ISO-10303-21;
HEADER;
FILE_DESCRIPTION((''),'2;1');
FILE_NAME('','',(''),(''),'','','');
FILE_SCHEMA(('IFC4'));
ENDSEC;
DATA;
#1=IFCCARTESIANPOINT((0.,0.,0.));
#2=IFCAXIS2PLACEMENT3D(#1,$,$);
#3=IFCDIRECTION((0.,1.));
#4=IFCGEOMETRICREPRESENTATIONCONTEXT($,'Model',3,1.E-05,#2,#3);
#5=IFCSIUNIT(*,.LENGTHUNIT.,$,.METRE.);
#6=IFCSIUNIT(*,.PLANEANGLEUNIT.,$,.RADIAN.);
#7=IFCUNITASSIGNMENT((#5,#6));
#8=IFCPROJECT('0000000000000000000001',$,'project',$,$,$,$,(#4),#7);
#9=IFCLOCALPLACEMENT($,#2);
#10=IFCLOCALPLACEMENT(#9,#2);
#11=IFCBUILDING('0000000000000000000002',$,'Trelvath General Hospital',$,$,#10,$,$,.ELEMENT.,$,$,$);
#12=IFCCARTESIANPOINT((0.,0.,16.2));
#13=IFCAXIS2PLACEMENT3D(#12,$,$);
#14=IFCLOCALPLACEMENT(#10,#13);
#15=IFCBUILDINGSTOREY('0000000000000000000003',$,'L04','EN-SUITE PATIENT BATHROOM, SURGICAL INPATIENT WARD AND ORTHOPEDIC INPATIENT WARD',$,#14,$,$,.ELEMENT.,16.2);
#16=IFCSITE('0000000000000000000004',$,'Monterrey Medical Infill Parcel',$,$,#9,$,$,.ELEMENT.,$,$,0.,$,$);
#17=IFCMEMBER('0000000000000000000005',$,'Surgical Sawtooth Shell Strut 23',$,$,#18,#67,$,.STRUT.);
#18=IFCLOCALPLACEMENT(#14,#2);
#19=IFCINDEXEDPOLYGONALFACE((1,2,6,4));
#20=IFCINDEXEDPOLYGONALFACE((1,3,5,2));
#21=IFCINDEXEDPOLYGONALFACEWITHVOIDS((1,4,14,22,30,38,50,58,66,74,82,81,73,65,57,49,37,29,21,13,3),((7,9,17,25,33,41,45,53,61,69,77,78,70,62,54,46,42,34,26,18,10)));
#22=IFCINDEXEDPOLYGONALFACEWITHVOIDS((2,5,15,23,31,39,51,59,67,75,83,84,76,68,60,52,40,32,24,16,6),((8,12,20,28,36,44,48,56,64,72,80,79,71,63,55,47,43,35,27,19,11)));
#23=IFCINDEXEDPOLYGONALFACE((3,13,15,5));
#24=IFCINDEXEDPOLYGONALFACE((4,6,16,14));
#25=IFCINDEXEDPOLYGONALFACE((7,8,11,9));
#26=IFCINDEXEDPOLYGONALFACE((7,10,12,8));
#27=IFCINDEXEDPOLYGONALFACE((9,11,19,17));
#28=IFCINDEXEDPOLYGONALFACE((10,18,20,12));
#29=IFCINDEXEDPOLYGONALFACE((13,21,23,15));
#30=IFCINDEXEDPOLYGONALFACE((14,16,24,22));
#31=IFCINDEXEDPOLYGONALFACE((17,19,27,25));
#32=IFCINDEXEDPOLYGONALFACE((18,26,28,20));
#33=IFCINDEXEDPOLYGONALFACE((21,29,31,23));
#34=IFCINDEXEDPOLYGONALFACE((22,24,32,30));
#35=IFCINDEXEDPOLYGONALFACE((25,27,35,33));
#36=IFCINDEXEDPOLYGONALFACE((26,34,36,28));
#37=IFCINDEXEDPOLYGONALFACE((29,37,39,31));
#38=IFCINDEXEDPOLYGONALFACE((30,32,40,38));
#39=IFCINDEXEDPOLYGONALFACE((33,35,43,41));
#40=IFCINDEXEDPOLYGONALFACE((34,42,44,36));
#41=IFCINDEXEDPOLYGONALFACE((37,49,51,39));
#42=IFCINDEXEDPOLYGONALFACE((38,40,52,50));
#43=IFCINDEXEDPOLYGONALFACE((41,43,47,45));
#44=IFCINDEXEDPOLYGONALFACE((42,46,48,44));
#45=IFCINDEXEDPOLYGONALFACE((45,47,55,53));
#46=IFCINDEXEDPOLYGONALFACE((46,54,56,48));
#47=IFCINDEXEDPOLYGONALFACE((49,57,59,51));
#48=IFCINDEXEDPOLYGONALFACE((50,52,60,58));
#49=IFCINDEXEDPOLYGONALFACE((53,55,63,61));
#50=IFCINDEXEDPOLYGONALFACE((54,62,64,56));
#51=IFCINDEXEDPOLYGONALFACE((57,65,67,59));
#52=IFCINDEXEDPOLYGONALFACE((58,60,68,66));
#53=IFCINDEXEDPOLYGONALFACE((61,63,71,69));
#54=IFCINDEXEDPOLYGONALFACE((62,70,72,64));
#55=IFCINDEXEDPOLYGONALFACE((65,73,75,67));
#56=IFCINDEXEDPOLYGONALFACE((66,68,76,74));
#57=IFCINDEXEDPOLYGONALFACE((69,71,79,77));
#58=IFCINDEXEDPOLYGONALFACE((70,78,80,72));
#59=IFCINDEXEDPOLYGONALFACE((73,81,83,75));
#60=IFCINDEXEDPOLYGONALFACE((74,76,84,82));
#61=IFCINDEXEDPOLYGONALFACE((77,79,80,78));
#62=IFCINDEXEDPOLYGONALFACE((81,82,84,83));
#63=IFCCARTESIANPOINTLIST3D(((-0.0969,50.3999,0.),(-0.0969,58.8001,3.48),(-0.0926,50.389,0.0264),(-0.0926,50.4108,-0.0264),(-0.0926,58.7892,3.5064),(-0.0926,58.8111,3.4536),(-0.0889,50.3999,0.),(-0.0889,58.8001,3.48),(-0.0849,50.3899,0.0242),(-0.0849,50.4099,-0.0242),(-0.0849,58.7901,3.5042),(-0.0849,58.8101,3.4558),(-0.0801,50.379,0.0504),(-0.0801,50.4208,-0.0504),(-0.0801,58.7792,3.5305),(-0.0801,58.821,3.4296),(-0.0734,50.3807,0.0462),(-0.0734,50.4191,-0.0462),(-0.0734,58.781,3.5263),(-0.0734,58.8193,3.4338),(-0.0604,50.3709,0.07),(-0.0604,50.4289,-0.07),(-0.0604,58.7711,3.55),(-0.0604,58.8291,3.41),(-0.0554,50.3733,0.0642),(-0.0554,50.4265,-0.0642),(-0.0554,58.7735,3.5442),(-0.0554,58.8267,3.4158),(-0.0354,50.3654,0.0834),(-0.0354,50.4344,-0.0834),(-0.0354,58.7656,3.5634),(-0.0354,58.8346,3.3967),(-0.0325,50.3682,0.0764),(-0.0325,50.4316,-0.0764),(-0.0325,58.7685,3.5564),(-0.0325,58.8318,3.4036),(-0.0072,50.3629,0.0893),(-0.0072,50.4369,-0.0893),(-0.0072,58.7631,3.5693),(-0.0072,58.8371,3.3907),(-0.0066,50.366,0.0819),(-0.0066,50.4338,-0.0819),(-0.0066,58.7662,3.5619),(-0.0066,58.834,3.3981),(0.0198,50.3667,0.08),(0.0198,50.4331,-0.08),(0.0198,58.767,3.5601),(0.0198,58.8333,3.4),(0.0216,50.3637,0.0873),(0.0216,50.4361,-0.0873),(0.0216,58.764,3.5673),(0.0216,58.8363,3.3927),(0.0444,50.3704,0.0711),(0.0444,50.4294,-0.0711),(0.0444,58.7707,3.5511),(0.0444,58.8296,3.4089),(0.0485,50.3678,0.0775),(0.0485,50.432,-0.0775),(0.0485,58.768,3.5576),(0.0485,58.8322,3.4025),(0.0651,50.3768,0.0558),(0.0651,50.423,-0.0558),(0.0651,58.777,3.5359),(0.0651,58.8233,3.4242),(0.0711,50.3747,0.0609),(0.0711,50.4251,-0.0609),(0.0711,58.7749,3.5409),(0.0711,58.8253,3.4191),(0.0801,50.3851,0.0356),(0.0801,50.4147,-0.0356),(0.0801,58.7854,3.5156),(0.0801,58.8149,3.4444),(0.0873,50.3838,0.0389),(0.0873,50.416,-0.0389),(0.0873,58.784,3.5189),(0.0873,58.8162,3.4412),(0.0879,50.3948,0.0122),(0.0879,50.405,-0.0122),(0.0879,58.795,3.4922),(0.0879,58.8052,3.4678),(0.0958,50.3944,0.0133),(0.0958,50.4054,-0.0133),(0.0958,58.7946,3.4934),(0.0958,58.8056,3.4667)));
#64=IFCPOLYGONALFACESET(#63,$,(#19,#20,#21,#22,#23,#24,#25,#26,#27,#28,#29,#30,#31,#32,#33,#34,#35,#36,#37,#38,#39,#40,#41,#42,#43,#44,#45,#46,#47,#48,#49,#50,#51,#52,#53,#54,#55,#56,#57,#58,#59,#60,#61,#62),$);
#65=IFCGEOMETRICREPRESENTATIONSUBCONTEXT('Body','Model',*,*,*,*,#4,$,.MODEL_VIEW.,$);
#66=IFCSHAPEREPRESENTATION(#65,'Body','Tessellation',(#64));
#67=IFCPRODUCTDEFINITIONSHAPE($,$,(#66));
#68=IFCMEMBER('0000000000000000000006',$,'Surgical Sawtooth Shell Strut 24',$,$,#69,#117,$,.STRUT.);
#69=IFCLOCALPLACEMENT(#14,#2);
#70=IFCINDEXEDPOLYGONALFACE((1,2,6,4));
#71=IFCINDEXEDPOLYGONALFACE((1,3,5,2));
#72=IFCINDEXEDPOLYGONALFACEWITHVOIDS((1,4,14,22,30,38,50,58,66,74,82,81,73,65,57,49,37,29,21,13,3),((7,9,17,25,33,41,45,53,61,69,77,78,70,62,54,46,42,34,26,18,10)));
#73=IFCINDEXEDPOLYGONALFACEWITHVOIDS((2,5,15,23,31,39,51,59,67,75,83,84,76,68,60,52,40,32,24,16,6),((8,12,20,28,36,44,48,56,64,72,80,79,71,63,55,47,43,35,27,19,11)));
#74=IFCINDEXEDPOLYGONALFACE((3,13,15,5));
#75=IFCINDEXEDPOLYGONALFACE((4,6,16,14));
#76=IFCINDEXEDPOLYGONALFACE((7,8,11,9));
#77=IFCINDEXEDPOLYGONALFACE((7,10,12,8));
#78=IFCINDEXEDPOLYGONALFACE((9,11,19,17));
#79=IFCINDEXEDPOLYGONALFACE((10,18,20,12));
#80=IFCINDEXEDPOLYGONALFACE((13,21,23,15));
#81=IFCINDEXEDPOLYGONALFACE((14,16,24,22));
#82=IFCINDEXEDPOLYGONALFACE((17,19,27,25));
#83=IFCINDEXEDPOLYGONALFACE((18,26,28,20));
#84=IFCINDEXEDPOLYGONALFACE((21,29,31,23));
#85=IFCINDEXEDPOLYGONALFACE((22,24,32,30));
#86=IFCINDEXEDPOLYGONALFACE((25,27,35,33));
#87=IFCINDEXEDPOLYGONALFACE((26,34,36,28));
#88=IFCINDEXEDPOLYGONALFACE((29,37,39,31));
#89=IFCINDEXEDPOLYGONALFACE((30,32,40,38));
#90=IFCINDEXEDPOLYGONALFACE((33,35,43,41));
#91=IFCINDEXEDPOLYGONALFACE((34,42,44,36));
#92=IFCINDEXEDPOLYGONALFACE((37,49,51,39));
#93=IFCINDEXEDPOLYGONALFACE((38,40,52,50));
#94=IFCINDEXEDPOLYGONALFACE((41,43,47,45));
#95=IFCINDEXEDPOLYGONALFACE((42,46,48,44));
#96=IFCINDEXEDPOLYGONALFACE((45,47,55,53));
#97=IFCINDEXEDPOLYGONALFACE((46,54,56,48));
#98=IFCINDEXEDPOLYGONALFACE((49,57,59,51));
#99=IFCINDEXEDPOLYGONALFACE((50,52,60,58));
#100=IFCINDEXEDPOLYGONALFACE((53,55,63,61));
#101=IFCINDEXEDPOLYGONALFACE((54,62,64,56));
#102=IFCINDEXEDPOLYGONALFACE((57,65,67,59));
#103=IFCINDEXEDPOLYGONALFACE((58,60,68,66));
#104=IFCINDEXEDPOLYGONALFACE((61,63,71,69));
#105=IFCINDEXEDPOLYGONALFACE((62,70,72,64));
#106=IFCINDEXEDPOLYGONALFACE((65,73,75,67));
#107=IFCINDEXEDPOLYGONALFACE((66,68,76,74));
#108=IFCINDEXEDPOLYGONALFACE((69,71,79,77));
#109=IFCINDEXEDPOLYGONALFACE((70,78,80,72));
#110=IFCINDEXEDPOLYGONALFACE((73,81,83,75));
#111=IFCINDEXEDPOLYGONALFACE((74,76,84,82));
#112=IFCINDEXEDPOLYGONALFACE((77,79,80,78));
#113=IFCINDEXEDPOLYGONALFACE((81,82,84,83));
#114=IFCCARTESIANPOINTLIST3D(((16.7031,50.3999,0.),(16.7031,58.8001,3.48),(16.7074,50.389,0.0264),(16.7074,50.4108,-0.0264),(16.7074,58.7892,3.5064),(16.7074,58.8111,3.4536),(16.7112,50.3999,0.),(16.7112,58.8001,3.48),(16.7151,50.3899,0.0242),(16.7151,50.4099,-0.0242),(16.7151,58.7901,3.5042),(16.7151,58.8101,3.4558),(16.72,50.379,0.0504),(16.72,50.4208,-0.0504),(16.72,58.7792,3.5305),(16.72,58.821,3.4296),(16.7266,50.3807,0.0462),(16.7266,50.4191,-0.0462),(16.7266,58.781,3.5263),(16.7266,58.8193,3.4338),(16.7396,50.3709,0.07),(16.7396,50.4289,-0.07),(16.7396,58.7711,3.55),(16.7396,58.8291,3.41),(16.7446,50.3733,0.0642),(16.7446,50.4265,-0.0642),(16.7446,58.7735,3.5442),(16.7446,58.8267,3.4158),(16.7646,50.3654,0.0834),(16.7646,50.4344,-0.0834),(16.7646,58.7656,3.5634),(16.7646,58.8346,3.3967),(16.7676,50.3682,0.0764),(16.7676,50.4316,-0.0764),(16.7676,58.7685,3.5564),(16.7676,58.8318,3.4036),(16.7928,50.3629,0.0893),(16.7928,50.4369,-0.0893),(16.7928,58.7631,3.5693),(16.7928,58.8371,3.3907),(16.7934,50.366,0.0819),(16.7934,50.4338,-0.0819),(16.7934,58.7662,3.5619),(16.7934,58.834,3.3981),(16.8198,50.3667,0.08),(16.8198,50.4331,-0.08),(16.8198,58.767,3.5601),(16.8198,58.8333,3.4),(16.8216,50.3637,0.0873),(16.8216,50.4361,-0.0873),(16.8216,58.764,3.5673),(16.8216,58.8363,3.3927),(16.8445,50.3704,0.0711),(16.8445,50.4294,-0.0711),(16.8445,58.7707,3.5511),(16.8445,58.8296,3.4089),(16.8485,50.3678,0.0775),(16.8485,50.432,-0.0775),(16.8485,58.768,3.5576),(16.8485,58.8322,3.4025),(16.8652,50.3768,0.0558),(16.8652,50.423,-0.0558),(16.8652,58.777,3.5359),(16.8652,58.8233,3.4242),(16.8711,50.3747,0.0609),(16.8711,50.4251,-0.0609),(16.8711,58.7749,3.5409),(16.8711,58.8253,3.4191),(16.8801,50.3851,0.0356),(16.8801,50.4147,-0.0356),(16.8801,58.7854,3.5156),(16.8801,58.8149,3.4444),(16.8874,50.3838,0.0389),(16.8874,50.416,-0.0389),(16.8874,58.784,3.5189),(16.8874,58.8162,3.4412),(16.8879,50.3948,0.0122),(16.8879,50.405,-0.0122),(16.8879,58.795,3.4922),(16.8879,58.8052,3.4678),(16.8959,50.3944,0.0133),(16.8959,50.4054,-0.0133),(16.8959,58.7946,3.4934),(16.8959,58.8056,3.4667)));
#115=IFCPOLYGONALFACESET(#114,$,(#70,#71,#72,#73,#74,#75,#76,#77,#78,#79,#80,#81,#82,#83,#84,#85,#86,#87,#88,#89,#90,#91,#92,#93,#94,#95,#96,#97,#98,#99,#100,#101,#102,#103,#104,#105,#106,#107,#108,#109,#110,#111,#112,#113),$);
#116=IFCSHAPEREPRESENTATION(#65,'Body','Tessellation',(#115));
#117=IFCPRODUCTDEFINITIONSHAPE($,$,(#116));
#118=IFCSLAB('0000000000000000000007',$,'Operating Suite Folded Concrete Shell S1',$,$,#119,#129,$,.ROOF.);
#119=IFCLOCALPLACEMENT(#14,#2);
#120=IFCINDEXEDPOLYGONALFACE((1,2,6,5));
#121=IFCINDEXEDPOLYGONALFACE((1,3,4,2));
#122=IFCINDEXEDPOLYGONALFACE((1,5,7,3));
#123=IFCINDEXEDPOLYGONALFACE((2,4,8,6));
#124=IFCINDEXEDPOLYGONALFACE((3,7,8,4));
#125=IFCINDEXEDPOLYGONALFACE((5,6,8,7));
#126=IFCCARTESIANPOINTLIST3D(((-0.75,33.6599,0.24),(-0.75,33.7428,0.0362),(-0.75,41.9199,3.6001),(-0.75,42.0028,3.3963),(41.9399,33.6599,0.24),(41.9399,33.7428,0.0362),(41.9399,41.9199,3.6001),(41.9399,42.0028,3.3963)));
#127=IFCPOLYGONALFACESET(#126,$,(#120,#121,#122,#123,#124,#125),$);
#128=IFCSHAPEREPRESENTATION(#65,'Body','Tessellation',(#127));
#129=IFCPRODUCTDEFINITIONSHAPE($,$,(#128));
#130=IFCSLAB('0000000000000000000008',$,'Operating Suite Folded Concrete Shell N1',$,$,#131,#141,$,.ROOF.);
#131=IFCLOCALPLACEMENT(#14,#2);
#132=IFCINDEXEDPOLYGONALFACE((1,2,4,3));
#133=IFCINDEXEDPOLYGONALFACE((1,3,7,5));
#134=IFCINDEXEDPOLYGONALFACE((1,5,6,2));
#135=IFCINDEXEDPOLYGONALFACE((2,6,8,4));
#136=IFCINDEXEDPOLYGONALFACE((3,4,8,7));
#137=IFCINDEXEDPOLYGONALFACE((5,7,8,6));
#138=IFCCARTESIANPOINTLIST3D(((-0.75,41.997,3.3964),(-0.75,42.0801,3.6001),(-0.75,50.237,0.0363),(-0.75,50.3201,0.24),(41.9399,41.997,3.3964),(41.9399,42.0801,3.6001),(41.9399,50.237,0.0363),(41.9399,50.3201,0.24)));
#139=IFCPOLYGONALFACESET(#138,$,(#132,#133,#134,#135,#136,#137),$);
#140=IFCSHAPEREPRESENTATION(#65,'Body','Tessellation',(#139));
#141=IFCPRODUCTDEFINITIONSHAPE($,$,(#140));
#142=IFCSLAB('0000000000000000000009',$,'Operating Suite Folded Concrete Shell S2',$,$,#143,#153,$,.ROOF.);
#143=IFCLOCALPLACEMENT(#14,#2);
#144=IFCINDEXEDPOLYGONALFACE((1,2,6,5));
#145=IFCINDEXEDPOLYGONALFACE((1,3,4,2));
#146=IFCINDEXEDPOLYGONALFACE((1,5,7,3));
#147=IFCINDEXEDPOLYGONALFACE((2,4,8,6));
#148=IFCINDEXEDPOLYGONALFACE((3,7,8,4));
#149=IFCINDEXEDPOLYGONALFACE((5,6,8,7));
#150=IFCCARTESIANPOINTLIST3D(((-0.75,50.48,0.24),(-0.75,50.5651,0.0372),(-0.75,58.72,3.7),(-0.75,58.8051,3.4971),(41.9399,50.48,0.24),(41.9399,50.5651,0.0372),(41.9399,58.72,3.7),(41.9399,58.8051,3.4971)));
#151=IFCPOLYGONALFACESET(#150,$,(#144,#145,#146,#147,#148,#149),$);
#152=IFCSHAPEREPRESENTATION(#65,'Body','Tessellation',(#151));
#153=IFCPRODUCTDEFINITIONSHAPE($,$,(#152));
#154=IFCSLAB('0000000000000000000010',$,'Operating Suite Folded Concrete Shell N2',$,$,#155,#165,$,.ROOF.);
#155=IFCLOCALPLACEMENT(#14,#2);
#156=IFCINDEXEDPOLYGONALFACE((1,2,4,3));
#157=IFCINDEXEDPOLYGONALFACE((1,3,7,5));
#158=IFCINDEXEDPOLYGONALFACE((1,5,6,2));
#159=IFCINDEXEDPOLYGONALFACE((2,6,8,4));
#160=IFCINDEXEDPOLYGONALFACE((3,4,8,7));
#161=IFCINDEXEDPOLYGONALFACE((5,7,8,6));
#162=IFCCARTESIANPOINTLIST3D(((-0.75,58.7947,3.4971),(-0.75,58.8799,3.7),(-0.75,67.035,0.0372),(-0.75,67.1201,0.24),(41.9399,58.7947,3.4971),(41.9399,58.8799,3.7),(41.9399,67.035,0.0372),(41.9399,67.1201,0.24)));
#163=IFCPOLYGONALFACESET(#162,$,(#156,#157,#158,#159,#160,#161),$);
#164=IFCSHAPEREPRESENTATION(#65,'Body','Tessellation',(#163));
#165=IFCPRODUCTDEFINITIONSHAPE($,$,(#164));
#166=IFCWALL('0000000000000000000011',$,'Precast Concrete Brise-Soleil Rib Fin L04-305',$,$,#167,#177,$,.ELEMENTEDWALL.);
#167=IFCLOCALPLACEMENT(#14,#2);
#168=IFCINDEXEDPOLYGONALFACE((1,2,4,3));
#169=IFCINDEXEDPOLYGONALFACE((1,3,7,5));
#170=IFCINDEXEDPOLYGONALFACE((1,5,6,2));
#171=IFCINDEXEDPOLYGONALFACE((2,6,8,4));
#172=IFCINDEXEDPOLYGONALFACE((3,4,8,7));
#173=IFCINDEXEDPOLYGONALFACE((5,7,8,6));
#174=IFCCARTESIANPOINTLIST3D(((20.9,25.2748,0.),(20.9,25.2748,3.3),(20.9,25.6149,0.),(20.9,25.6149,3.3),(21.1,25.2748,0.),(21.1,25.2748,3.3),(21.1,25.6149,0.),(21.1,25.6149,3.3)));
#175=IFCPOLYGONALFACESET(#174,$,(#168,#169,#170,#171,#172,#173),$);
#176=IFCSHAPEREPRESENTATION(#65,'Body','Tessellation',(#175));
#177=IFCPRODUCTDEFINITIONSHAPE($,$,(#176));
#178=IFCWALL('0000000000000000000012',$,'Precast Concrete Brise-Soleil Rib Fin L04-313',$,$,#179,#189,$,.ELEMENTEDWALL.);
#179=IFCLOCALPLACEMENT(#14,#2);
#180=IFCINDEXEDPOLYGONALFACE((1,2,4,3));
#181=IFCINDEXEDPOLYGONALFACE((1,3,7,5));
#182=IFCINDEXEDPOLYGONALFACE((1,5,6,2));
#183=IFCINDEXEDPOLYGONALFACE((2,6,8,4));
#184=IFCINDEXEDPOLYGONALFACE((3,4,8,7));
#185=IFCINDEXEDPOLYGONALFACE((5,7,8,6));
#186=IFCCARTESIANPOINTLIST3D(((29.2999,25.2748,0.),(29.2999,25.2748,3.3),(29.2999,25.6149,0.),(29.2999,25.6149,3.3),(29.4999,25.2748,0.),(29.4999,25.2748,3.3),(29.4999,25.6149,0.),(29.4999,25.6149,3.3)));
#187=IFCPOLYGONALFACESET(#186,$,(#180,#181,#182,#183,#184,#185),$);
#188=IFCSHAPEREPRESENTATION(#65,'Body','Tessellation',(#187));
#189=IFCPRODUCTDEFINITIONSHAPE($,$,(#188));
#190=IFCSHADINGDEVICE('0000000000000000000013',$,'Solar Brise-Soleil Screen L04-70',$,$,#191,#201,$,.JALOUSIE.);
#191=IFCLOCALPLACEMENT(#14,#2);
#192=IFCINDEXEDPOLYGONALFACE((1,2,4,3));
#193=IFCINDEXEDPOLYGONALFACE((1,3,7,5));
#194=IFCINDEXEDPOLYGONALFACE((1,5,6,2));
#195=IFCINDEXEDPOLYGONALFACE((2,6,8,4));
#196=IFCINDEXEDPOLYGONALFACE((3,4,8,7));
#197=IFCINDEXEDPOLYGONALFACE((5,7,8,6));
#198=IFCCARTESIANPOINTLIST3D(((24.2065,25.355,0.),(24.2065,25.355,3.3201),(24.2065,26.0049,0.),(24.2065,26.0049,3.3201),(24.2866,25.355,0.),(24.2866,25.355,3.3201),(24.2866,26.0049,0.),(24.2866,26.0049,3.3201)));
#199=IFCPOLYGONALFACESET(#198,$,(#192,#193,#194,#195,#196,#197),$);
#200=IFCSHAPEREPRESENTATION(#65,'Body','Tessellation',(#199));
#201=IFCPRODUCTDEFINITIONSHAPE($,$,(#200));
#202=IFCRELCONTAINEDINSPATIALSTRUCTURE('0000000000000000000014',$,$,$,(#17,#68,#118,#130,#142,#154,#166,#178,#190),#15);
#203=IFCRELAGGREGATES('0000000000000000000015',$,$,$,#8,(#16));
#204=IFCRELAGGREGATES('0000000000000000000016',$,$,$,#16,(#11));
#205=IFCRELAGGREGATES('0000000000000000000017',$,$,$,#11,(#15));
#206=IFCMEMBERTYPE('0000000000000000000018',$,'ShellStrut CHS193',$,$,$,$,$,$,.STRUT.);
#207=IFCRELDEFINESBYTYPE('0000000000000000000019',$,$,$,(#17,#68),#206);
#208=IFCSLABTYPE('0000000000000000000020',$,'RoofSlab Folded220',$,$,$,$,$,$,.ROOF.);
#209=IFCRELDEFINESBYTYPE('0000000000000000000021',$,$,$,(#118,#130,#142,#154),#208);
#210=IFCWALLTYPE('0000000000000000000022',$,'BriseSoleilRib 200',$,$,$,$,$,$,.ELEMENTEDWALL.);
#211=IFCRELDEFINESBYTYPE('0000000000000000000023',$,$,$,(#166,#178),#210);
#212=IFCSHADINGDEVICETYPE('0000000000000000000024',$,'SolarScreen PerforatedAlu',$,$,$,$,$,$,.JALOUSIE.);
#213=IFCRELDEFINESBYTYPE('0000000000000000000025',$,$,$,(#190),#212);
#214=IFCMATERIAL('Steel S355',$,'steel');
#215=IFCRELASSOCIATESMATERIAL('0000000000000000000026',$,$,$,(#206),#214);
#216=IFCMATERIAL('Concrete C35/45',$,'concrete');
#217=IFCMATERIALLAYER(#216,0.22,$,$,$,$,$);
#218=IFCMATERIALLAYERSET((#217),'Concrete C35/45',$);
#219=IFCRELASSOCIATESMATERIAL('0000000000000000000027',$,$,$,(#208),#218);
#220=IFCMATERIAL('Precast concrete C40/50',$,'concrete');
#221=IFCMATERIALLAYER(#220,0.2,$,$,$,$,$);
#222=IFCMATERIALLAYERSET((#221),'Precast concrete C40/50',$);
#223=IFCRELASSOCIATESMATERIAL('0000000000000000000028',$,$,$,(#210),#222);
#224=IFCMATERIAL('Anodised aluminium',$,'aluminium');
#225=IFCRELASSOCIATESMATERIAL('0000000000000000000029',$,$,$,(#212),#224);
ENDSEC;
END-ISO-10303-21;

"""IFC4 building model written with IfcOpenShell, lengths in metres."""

from ifc_helpers import new_model, si_unit, direction, frame, frame_2d, origin, origin_2d, place, context, subcontext, project, spatial, polyline, rectangle, hollow_circle, outline, extrude, material, layer, layer_set, material_profile, profile_set, type_object, element, save


model = new_model("IFC4")

# Units and contexts
model_context = context("Model", 3, precision=1e-05, world=origin(), true_north=direction((0.0, 1.0)))
body_context = subcontext(model_context, "Body", "Model", "MODEL_VIEW")
ifc_project = project(units=[si_unit("LENGTHUNIT", "METRE"), si_unit("PLANEANGLEUNIT", "RADIAN")], contexts=[model_context])

# Site, building, storey
site_placement = place(None, origin())
site = spatial("IfcSite", under=ifc_project, at=site_placement, Name="Monterrey Medical Infill Parcel", CompositionType="ELEMENT", RefElevation=0.0)
building_placement = place(site_placement, origin())
building = spatial("IfcBuilding", under=site, at=building_placement, Name="Trelvath General Hospital", CompositionType="ELEMENT")
storey_placement = place(building_placement, frame((0.0, 0.0, 16.2)))
storey = spatial("IfcBuildingStorey", under=building, at=storey_placement, Name="L04", Description="EN-SUITE PATIENT BATHROOM, SURGICAL INPATIENT WARD AND ORTHOPEDIC INPATIENT WARD", CompositionType="ELEMENT", Elevation=16.2)

# Members
ifc_material_1 = material(Name="Steel S355", Category="steel")
ifc_material_profile_1 = material_profile(ifc_material_1, hollow_circle(Radius=0.0969, WallThickness=0.0081, at=origin_2d()), Name="CHS193.7x8.0")
ifc_profile_set_1 = profile_set([ifc_material_profile_1], Name="Steel S355")
member_type = type_object("IfcMemberType", Name="ShellStrut CHS193", PredefinedType="STRUT", material=ifc_profile_set_1)
for number, where, z_axis, x_axis, name in (
    (1, (0.0, 50.3999, 0.0), (0.0, 0.923859, 0.382733), (-1.0, 0.0, 0.0), "Surgical Sawtooth Shell Strut 23"),
    (2, (16.8, 50.3999, 0.0), (0.0, 0.923859, 0.382733), (-1.0, 0.0, 0.0), "Surgical Sawtooth Shell Strut 24"),
):
    element("IfcMember", number, at=place(storey_placement, frame(where, z_axis=z_axis, x_axis=x_axis)), inside=storey, type_object=member_type, Name=name, PredefinedType="STRUT", context=body_context, shape_type="SweptSolid", body=[
        extrude(hollow_circle(Radius=0.0969, WallThickness=0.0081, at=origin_2d()), origin(), (0.0, 0.0, 1.0), 9.0925),
    ])

# Slabs
ifc_material_2 = material(Name="Concrete C35/45", Category="concrete")
ifc_layer_1 = layer(ifc_material_2, 0.22)
ifc_layer_set_1 = layer_set([ifc_layer_1], Name="Concrete C35/45")
slab_type = type_object("IfcSlabType", Name="RoofSlab Folded220", PredefinedType="ROOF", material=ifc_layer_set_1)
slab_1_placement = place(storey_placement, frame((-0.75, 33.6599, 0.24), z_axis=(0.0, -0.376808, 0.926291), x_axis=(1.0, 0.0, 0.0)))
element("IfcSlab", 3, at=slab_1_placement, inside=storey, type_object=slab_type, Name="Operating Suite Folded Concrete Shell S1", PredefinedType="ROOF", context=body_context, shape_type="SweptSolid", body=[
    extrude(outline(polyline([(0.0, 0.0), (42.6899, 0.0), (42.6899, 8.9173), (0.0, 8.9173), (0.0, 0.0)])), origin(), (0.0, 0.0, -1.0), 0.22),
])
slab_2_placement = place(storey_placement, frame((-0.75, 42.0801, 3.6001), z_axis=(0.0, 0.377593, 0.925972), x_axis=(1.0, 0.0, 0.0)))
element("IfcSlab", 4, at=slab_2_placement, inside=storey, type_object=slab_type, Name="Operating Suite Folded Concrete Shell N1", PredefinedType="ROOF", context=body_context, shape_type="SweptSolid", body=[
    extrude(outline(polyline([(0.0, 0.0), (42.6899, 0.0), (42.6899, 8.8988), (0.0, 8.8988), (0.0, 0.0)])), origin(), (0.0, 0.0, -1.0), 0.22),
])
slab_3_placement = place(storey_placement, frame((-0.75, 50.48, 0.24), z_axis=(0.0, -0.387153, 0.922015), x_axis=(1.0, 0.0, 0.0)))
element("IfcSlab", 5, at=slab_3_placement, inside=storey, type_object=slab_type, Name="Operating Suite Folded Concrete Shell S2", PredefinedType="ROOF", context=body_context, shape_type="SweptSolid", body=[
    extrude(outline(polyline([(0.0, 0.0), (42.6899, 0.0), (42.6899, 8.9369), (0.0, 8.9369), (0.0, 0.0)])), origin(), (0.0, 0.0, -1.0), 0.22),
])
slab_4_placement = place(storey_placement, frame((-0.75, 58.8799, 3.7), z_axis=(0.0, 0.387143, 0.92202), x_axis=(1.0, 0.0, 0.0)))
element("IfcSlab", 6, at=slab_4_placement, inside=storey, type_object=slab_type, Name="Operating Suite Folded Concrete Shell N2", PredefinedType="ROOF", context=body_context, shape_type="SweptSolid", body=[
    extrude(outline(polyline([(0.0, 0.0), (42.6899, 0.0), (42.6899, 8.9372), (0.0, 8.9372), (0.0, 0.0)])), origin(), (0.0, 0.0, -1.0), 0.22),
])

# Walls
ifc_material_3 = material(Name="Precast concrete C40/50", Category="concrete")
ifc_layer_2 = layer(ifc_material_3, 0.2)
ifc_layer_set_2 = layer_set([ifc_layer_2], Name="Precast concrete C40/50")
wall_type = type_object("IfcWallType", Name="BriseSoleilRib 200", PredefinedType="ELEMENTEDWALL", material=ifc_layer_set_2)
for number, where, z_axis, x_axis, name in (
    (7, (21.0, 25.2749, 0.0), (0.0, 0.0, 1.0), (0.0, 1.0, 0.0), "Precast Concrete Brise-Soleil Rib Fin L04-305"),
    (8, (29.3999, 25.2749, 0.0), (0.0, 0.0, 1.0), (0.0, 1.0, 0.0), "Precast Concrete Brise-Soleil Rib Fin L04-313"),
):
    element("IfcWall", number, at=place(storey_placement, frame(where, z_axis=z_axis, x_axis=x_axis)), inside=storey, type_object=wall_type, Name=name, PredefinedType="ELEMENTEDWALL", context=body_context, shape_type="SweptSolid", body=[
        extrude(rectangle(XDim=0.3401, YDim=0.2, at=frame_2d((0.1699, 0.0))), origin(), (0.0, 0.0, 1.0), 3.3),
    ])

# Shading device
ifc_material_4 = material(Name="Anodised aluminium", Category="aluminium")
shading_device_type = type_object("IfcShadingDeviceType", Name="SolarScreen PerforatedAlu", PredefinedType="JALOUSIE", material=ifc_material_4)
shading_device_placement = place(storey_placement, frame((24.2466, 25.6799, 0.0), z_axis=(0.0, 0.0, 1.0), x_axis=(0.0, 1.0, 0.0)))
element("IfcShadingDevice", 9, at=shading_device_placement, inside=storey, type_object=shading_device_type, Name="Solar Brise-Soleil Screen L04-70", PredefinedType="JALOUSIE", context=body_context, shape_type="SweptSolid", body=[
    extrude(rectangle(XDim=0.6499, YDim=0.0801, at=origin_2d()), origin(), (0.0, 0.0, 1.0), 3.3201),
])

save(model, "model.ifc")
